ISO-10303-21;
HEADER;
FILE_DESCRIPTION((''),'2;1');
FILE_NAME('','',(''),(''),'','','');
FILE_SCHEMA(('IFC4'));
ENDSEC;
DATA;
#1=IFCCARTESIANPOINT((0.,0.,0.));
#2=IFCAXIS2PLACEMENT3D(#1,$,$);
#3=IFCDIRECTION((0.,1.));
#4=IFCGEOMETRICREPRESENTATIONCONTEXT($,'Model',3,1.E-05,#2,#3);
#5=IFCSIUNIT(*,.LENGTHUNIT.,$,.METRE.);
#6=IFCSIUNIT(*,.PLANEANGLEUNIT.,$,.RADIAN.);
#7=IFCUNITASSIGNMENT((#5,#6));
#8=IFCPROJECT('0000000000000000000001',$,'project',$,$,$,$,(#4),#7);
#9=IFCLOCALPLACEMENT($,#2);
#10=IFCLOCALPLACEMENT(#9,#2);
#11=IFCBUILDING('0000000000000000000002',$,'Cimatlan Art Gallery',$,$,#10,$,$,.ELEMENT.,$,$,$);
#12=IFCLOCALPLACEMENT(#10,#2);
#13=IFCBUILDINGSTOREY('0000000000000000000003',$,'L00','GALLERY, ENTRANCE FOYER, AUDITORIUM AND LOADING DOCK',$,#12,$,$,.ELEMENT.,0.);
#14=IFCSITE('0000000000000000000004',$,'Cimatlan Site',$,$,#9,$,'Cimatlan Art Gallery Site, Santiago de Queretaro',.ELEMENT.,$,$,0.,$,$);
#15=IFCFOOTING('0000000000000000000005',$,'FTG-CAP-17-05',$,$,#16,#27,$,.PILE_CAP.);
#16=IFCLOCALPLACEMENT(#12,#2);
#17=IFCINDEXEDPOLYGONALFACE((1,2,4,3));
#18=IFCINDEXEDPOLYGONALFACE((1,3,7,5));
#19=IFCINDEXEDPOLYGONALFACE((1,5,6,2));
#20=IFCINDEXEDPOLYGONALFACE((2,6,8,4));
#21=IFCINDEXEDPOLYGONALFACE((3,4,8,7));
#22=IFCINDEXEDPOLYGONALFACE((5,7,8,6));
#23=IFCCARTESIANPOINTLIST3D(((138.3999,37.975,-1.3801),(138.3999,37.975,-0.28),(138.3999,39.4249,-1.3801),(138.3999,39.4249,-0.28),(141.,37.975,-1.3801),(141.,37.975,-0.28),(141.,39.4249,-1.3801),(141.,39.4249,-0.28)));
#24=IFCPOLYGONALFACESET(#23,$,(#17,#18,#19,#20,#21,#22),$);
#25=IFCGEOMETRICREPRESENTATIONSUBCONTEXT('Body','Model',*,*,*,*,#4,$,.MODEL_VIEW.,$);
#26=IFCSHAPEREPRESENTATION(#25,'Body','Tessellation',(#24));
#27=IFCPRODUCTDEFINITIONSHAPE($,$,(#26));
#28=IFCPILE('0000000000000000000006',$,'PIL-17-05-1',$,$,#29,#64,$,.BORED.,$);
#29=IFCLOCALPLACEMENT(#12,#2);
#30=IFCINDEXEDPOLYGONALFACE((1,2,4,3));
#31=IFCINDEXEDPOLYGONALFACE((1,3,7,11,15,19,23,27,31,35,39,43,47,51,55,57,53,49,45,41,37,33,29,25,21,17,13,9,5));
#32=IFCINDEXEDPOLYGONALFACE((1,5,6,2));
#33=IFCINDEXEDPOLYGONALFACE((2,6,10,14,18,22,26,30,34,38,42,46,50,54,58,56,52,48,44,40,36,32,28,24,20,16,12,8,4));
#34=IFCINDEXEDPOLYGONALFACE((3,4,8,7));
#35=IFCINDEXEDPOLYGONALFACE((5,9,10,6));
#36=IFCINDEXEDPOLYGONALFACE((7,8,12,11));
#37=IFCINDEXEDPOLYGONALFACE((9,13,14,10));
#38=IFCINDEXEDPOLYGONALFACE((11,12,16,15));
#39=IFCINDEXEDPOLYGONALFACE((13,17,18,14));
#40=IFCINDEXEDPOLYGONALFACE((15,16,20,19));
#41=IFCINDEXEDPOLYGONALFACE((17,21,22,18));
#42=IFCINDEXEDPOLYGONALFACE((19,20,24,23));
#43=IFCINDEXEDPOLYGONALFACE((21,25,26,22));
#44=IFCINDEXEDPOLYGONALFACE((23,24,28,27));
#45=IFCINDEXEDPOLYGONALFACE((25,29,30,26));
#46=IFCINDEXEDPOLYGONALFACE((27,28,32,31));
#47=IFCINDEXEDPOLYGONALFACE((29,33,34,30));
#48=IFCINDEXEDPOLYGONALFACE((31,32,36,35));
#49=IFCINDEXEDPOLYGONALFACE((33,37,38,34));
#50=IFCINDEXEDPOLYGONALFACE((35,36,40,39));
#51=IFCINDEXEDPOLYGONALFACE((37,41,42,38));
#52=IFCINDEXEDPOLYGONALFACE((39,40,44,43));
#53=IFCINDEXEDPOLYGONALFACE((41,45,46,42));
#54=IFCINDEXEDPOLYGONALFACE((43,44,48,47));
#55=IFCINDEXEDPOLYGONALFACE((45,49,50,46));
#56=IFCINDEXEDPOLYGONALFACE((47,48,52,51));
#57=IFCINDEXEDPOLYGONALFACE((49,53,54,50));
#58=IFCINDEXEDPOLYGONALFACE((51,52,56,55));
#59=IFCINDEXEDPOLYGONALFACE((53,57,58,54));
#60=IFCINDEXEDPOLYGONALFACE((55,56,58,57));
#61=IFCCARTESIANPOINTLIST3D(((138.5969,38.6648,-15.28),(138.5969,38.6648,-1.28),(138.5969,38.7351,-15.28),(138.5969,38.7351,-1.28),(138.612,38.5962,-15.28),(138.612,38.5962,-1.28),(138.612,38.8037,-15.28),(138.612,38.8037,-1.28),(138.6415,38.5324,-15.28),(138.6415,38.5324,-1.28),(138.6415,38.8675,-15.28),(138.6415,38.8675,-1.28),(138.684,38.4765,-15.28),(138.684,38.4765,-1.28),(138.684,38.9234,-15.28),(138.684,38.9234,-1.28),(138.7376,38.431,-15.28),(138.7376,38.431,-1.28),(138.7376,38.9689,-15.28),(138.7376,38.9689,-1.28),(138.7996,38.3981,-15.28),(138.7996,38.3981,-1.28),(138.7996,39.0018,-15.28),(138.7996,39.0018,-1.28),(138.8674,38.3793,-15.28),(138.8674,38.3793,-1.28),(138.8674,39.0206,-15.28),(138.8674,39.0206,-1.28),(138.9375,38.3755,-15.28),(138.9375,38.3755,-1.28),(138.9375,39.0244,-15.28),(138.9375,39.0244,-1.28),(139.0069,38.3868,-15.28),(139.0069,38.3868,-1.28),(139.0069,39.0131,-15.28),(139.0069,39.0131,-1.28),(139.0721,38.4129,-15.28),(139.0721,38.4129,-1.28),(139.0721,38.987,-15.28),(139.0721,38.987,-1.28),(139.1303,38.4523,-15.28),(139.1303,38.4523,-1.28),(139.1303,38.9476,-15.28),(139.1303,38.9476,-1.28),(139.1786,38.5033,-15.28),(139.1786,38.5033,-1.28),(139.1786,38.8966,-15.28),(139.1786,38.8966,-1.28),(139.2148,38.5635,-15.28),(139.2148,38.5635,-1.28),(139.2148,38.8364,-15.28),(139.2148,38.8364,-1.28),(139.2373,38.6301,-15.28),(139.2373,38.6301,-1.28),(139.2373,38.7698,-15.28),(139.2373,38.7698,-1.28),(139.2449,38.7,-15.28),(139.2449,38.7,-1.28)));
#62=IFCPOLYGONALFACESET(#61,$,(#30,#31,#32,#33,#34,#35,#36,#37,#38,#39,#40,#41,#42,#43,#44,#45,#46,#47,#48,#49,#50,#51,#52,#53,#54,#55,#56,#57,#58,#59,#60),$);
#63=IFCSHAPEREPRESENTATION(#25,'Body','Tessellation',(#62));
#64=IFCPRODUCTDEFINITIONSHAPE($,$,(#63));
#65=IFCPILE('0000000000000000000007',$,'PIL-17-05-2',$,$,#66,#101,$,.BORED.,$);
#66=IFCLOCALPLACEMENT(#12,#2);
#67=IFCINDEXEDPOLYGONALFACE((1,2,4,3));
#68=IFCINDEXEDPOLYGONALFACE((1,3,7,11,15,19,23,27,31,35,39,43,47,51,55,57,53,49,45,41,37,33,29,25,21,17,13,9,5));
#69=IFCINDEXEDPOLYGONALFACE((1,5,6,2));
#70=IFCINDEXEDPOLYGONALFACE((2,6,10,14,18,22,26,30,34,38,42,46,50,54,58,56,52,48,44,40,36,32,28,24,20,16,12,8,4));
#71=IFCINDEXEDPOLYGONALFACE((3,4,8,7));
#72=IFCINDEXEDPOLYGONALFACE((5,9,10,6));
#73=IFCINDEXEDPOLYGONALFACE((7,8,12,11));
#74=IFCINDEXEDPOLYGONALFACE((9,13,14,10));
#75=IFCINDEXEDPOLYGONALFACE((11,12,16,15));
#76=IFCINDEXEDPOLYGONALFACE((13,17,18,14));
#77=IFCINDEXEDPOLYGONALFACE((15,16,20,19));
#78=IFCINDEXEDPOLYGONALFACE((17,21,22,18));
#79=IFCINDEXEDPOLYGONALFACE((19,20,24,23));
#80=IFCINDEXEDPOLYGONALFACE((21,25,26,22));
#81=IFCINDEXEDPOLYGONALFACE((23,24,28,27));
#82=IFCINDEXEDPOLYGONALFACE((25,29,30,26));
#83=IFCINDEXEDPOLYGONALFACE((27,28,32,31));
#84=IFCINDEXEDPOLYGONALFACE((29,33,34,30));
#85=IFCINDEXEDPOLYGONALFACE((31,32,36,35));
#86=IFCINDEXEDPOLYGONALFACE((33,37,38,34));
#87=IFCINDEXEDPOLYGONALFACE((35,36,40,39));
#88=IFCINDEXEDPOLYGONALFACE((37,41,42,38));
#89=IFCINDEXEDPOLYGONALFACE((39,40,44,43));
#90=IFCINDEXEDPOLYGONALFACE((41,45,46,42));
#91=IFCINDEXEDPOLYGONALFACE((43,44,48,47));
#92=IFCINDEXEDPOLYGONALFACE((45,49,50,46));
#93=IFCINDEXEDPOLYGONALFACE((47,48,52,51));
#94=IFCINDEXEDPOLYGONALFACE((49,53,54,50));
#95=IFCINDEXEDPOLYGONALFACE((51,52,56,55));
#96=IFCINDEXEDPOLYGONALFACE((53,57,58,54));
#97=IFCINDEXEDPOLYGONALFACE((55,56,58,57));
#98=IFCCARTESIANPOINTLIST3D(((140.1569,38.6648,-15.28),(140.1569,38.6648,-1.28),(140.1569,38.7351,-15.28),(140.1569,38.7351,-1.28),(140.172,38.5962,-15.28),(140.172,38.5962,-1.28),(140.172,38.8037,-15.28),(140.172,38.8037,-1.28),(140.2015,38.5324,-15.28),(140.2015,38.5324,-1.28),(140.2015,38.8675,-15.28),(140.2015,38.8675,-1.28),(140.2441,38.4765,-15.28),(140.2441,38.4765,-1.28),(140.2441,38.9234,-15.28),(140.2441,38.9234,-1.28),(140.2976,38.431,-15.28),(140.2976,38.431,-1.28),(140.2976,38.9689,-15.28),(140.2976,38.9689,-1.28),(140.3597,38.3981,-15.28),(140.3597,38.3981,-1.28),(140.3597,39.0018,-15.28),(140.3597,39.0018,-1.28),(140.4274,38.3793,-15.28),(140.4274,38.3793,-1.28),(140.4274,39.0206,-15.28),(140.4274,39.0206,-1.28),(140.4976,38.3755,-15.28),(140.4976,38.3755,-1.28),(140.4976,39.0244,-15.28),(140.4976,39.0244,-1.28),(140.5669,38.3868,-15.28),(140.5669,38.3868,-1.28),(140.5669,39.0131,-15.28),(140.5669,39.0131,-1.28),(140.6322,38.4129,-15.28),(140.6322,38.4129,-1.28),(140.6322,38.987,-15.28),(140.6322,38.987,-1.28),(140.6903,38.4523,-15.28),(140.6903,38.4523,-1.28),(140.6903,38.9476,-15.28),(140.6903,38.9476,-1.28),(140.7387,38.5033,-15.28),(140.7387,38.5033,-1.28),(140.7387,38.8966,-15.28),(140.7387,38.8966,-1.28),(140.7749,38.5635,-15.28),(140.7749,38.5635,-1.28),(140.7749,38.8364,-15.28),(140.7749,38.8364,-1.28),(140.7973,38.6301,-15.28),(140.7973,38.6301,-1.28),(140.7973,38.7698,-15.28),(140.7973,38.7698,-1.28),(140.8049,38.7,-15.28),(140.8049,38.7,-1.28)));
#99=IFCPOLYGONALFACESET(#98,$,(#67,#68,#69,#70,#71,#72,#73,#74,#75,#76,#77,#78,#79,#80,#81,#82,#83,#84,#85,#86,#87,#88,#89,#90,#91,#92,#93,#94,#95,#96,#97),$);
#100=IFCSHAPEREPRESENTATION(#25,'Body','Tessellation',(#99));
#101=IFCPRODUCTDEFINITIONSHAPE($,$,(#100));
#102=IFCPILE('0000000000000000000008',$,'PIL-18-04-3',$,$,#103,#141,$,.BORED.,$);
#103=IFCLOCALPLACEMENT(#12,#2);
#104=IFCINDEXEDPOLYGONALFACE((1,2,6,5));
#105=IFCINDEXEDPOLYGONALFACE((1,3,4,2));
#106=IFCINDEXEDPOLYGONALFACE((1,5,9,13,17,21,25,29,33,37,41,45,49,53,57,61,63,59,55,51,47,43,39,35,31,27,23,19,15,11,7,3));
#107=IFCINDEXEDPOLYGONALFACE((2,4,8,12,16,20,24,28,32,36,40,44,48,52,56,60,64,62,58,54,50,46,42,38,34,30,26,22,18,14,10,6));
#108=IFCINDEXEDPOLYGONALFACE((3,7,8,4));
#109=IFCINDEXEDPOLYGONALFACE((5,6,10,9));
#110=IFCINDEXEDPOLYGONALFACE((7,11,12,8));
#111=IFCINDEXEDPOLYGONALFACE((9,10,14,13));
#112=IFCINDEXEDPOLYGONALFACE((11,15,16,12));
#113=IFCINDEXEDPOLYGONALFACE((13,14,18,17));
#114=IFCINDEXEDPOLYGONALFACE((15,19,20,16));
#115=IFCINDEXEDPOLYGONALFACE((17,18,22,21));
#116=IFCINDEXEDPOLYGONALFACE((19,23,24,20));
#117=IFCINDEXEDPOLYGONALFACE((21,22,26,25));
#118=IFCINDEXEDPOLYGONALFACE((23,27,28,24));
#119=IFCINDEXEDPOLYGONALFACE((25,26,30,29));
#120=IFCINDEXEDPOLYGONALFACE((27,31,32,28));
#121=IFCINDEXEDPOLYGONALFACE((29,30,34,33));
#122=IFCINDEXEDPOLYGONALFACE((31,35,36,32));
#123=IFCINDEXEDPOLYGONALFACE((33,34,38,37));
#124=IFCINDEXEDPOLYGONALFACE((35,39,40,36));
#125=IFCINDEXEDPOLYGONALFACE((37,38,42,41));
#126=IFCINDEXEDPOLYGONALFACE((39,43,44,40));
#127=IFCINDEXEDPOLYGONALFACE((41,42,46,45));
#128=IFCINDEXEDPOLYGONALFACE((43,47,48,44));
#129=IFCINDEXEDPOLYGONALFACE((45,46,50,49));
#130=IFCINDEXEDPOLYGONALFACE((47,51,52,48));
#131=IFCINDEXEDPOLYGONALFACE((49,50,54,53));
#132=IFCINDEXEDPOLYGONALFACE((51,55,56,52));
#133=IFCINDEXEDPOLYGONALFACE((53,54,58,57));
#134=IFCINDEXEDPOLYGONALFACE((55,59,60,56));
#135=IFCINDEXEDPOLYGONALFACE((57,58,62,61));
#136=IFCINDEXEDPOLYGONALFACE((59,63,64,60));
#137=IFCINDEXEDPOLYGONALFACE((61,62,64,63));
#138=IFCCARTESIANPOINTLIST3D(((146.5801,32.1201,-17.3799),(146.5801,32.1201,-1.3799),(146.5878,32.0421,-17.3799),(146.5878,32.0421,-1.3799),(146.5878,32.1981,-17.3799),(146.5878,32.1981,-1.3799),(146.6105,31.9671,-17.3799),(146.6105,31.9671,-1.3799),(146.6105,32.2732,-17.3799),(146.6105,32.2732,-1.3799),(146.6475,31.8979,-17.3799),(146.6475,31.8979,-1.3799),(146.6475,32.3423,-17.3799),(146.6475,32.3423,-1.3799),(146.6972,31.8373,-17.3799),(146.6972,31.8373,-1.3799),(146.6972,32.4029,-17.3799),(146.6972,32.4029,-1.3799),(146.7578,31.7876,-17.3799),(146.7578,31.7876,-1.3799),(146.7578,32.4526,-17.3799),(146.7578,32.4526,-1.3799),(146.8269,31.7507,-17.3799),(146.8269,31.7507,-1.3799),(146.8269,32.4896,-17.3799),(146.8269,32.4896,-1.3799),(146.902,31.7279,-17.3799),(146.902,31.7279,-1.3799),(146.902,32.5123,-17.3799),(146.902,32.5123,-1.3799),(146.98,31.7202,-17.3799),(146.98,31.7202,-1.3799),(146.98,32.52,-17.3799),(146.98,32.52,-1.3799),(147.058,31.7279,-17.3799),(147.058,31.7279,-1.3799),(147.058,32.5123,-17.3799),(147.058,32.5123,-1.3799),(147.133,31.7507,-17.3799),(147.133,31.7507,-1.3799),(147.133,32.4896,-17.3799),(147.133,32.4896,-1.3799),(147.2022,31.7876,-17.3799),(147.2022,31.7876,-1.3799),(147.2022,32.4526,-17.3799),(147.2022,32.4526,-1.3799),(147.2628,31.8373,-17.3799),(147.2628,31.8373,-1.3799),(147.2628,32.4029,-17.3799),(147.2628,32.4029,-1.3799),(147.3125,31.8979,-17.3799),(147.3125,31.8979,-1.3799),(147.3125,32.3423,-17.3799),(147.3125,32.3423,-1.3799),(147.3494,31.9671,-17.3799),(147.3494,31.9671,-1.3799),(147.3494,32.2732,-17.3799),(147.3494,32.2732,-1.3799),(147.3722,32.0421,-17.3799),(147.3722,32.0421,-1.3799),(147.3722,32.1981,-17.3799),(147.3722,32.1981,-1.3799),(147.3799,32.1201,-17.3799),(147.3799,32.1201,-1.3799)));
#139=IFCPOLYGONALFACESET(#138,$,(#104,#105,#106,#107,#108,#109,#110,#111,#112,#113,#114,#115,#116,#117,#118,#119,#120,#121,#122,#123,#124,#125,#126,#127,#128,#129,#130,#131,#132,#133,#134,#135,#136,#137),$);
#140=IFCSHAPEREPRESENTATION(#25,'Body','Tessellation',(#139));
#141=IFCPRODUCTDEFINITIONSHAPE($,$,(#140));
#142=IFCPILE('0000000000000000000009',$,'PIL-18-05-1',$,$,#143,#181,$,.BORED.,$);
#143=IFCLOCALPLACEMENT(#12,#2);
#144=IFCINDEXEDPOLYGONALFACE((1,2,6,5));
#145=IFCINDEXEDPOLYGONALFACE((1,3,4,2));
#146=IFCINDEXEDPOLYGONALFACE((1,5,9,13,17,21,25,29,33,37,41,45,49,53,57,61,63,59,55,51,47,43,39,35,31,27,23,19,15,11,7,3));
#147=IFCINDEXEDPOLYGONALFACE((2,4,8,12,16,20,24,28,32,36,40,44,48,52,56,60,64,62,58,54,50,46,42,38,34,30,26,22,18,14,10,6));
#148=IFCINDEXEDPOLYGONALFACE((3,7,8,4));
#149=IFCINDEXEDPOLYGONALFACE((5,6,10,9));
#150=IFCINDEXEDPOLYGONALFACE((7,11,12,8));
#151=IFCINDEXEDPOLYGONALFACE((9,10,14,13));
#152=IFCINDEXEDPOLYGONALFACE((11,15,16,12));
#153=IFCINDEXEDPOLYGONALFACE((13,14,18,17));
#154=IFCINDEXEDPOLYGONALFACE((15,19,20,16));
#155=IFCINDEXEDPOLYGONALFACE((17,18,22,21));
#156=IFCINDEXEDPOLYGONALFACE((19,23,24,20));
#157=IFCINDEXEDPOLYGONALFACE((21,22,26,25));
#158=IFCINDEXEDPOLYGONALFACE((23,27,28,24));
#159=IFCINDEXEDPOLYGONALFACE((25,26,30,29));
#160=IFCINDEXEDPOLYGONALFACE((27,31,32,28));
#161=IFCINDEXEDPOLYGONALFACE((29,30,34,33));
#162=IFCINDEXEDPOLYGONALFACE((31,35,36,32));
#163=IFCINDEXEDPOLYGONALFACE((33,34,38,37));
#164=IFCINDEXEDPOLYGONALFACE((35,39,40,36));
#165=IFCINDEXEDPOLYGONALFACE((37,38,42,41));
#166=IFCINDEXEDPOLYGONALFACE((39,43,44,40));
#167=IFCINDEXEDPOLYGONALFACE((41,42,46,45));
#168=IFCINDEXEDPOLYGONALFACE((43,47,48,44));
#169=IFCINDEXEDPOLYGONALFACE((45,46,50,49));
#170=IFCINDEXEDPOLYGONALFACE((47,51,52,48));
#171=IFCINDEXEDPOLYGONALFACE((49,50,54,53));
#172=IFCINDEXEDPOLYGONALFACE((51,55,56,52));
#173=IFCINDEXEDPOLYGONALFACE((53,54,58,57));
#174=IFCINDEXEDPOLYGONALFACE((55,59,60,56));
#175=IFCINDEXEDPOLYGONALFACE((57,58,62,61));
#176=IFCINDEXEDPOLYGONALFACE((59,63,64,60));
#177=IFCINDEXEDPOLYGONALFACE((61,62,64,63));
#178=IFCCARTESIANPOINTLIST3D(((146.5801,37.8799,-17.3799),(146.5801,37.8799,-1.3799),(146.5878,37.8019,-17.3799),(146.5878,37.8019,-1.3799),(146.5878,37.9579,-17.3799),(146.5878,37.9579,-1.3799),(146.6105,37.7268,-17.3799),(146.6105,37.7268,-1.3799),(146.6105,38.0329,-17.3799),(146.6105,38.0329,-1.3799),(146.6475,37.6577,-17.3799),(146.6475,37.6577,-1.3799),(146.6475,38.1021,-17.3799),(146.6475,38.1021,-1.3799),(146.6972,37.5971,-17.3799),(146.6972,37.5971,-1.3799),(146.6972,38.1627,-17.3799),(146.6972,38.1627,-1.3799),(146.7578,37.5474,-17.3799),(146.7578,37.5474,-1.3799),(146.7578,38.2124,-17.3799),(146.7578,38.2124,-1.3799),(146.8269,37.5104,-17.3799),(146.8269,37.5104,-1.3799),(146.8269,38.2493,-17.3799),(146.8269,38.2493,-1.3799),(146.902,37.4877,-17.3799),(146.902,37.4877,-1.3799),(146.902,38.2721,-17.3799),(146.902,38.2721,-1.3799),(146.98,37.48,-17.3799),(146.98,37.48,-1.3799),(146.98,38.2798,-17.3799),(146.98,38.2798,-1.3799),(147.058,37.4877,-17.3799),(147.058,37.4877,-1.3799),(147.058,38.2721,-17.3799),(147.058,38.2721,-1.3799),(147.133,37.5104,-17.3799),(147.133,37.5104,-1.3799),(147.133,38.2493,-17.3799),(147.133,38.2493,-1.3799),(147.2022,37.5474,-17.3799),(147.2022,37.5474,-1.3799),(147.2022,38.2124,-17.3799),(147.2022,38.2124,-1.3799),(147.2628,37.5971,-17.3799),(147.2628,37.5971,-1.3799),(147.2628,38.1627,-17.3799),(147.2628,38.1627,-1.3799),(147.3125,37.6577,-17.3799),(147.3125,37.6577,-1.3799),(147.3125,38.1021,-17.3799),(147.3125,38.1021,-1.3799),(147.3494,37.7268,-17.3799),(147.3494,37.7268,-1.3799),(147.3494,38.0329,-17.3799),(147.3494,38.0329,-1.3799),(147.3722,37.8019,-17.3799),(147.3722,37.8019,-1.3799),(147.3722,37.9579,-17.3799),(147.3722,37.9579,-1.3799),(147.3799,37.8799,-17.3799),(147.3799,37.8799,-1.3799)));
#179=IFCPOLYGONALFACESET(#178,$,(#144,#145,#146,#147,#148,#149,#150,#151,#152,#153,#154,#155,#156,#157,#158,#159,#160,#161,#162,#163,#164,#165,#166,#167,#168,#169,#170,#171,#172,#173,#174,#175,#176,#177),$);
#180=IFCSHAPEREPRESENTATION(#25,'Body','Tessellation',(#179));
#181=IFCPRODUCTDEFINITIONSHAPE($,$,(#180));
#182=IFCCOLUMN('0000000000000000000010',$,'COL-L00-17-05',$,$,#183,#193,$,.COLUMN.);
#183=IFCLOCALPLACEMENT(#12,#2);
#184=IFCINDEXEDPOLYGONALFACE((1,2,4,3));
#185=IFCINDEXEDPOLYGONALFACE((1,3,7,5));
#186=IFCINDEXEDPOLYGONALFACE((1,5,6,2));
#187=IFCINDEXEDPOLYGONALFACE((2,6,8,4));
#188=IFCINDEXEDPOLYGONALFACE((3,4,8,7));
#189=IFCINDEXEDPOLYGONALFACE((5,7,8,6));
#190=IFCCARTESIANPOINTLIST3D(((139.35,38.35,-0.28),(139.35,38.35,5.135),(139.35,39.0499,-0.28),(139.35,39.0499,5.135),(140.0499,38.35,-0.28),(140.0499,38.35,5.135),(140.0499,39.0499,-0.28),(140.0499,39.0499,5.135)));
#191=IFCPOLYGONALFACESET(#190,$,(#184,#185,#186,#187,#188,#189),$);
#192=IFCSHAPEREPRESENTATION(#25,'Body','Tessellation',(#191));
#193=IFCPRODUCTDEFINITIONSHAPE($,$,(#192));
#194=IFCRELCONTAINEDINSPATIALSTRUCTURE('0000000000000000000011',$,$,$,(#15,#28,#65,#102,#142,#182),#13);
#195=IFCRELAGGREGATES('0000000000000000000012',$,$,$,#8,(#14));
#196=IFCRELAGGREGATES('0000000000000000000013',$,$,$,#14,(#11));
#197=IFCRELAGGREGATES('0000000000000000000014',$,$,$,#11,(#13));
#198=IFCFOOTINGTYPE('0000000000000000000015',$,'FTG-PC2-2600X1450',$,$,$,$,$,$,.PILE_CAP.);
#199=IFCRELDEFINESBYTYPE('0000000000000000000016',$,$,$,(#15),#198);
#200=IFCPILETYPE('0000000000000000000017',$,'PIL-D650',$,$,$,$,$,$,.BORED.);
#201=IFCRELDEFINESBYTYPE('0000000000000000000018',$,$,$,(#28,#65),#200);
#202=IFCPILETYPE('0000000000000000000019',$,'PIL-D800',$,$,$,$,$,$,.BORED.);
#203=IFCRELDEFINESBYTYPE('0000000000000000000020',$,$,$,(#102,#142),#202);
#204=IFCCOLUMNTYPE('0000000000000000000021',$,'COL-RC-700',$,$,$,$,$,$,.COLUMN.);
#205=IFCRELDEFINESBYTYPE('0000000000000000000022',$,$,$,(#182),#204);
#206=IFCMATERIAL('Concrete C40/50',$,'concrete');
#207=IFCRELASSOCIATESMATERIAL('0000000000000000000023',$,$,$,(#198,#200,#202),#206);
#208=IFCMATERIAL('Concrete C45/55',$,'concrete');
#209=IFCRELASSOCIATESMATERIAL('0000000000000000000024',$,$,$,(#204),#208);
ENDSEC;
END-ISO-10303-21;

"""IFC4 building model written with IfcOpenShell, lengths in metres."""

from ifc_helpers import new_model, si_unit, direction, frame, origin, origin_2d, place, context, subcontext, project, spatial, rectangle, circle, extrude, material, material_profile, profile_set, type_object, element, save


model = new_model("IFC4")

# Units and contexts
model_context = context("Model", 3, precision=1e-05, world=origin(), true_north=direction((0.0, 1.0)))
body_context = subcontext(model_context, "Body", "Model", "MODEL_VIEW")
ifc_project = project(units=[si_unit("LENGTHUNIT", "METRE"), si_unit("PLANEANGLEUNIT", "RADIAN")], contexts=[model_context])

# Site, building, storey
site_placement = place(None, origin())
site = spatial("IfcSite", under=ifc_project, at=site_placement, Name="Cimatlan Site", LongName="Cimatlan Art Gallery Site, Santiago de Queretaro", CompositionType="ELEMENT", RefElevation=0.0)
building_placement = place(site_placement, origin())
building = spatial("IfcBuilding", under=site, at=building_placement, Name="Cimatlan Art Gallery", CompositionType="ELEMENT")
storey_placement = place(building_placement, origin())
storey = spatial("IfcBuildingStorey", under=building, at=storey_placement, Name="L00", Description="GALLERY, ENTRANCE FOYER, AUDITORIUM AND LOADING DOCK", CompositionType="ELEMENT", Elevation=0.0)

# Footing
ifc_material_1 = material(Name="Concrete C40/50", Category="concrete")
footing_type = type_object("IfcFootingType", Name="FTG-PC2-2600X1450", PredefinedType="PILE_CAP", material=ifc_material_1)
footing_placement = place(storey_placement, frame((139.7, 38.7, -1.3801), z_axis=(0.0, 0.0, 1.0), x_axis=(1.0, 0.0, 0.0)))
element("IfcFooting", 1, at=footing_placement, inside=storey, type_object=footing_type, Name="FTG-CAP-17-05", PredefinedType="PILE_CAP", context=body_context, shape_type="SweptSolid", body=[
    extrude(rectangle(XDim=2.6001, YDim=1.45, at=origin_2d()), origin(), (0.0, 0.0, 1.0), 1.1001),
])

# Piles
pile_type_1 = type_object("IfcPileType", Name="PIL-D650", PredefinedType="BORED", material=ifc_material_1)
for number, where, z_axis, x_axis, name in (
    (2, (138.9199, 38.7, -1.28), (0.0, 0.0, -1.0), (1.0, 0.0, 0.0), "PIL-17-05-1"),
    (3, (140.48, 38.7, -1.28), (0.0, 0.0, -1.0), (1.0, 0.0, 0.0), "PIL-17-05-2"),
):
    element("IfcPile", number, at=place(storey_placement, frame(where, z_axis=z_axis, x_axis=x_axis)), inside=storey, type_object=pile_type_1, Name=name, PredefinedType="BORED", context=body_context, shape_type="SweptSolid", body=[
        extrude(circle(Radius=0.325, at=origin_2d()), origin(), (0.0, 0.0, 1.0), 14.0),
    ])
pile_type_2 = type_object("IfcPileType", Name="PIL-D800", PredefinedType="BORED", material=ifc_material_1)
for number, where, z_axis, x_axis, name in (
    (4, (146.98, 32.1201, -1.3799), (0.0, 0.0, -1.0), (1.0, 0.0, 0.0), "PIL-18-04-3"),
    (5, (146.98, 37.8799, -1.3799), (0.0, 0.0, -1.0), (1.0, 0.0, 0.0), "PIL-18-05-1"),
):
    element("IfcPile", number, at=place(storey_placement, frame(where, z_axis=z_axis, x_axis=x_axis)), inside=storey, type_object=pile_type_2, Name=name, PredefinedType="BORED", context=body_context, shape_type="SweptSolid", body=[
        extrude(circle(Radius=0.3999, at=origin_2d()), origin(), (0.0, 0.0, 1.0), 16.0),
    ])

# Column
ifc_material_2 = material(Name="Concrete C45/55", Category="concrete")
ifc_material_profile_1 = material_profile(ifc_material_2, rectangle(XDim=0.7, YDim=0.7, at=origin_2d()), Name="RC700X700")
ifc_profile_set_1 = profile_set([ifc_material_profile_1], Name="Concrete C45/55")
column_type = type_object("IfcColumnType", Name="COL-RC-700", PredefinedType="COLUMN", material=ifc_profile_set_1)
column_placement = place(storey_placement, frame((139.7, 38.7, -0.28), z_axis=(0.0, 0.0, 1.0), x_axis=(1.0, 0.0, 0.0)))
element("IfcColumn", 6, at=column_placement, inside=storey, type_object=column_type, Name="COL-L00-17-05", PredefinedType="COLUMN", context=body_context, shape_type="SweptSolid", body=[
    extrude(rectangle(XDim=0.7, YDim=0.7, at=origin_2d()), origin(), (0.0, 0.0, 1.0), 5.415),
])

save(model, "model.ifc")
